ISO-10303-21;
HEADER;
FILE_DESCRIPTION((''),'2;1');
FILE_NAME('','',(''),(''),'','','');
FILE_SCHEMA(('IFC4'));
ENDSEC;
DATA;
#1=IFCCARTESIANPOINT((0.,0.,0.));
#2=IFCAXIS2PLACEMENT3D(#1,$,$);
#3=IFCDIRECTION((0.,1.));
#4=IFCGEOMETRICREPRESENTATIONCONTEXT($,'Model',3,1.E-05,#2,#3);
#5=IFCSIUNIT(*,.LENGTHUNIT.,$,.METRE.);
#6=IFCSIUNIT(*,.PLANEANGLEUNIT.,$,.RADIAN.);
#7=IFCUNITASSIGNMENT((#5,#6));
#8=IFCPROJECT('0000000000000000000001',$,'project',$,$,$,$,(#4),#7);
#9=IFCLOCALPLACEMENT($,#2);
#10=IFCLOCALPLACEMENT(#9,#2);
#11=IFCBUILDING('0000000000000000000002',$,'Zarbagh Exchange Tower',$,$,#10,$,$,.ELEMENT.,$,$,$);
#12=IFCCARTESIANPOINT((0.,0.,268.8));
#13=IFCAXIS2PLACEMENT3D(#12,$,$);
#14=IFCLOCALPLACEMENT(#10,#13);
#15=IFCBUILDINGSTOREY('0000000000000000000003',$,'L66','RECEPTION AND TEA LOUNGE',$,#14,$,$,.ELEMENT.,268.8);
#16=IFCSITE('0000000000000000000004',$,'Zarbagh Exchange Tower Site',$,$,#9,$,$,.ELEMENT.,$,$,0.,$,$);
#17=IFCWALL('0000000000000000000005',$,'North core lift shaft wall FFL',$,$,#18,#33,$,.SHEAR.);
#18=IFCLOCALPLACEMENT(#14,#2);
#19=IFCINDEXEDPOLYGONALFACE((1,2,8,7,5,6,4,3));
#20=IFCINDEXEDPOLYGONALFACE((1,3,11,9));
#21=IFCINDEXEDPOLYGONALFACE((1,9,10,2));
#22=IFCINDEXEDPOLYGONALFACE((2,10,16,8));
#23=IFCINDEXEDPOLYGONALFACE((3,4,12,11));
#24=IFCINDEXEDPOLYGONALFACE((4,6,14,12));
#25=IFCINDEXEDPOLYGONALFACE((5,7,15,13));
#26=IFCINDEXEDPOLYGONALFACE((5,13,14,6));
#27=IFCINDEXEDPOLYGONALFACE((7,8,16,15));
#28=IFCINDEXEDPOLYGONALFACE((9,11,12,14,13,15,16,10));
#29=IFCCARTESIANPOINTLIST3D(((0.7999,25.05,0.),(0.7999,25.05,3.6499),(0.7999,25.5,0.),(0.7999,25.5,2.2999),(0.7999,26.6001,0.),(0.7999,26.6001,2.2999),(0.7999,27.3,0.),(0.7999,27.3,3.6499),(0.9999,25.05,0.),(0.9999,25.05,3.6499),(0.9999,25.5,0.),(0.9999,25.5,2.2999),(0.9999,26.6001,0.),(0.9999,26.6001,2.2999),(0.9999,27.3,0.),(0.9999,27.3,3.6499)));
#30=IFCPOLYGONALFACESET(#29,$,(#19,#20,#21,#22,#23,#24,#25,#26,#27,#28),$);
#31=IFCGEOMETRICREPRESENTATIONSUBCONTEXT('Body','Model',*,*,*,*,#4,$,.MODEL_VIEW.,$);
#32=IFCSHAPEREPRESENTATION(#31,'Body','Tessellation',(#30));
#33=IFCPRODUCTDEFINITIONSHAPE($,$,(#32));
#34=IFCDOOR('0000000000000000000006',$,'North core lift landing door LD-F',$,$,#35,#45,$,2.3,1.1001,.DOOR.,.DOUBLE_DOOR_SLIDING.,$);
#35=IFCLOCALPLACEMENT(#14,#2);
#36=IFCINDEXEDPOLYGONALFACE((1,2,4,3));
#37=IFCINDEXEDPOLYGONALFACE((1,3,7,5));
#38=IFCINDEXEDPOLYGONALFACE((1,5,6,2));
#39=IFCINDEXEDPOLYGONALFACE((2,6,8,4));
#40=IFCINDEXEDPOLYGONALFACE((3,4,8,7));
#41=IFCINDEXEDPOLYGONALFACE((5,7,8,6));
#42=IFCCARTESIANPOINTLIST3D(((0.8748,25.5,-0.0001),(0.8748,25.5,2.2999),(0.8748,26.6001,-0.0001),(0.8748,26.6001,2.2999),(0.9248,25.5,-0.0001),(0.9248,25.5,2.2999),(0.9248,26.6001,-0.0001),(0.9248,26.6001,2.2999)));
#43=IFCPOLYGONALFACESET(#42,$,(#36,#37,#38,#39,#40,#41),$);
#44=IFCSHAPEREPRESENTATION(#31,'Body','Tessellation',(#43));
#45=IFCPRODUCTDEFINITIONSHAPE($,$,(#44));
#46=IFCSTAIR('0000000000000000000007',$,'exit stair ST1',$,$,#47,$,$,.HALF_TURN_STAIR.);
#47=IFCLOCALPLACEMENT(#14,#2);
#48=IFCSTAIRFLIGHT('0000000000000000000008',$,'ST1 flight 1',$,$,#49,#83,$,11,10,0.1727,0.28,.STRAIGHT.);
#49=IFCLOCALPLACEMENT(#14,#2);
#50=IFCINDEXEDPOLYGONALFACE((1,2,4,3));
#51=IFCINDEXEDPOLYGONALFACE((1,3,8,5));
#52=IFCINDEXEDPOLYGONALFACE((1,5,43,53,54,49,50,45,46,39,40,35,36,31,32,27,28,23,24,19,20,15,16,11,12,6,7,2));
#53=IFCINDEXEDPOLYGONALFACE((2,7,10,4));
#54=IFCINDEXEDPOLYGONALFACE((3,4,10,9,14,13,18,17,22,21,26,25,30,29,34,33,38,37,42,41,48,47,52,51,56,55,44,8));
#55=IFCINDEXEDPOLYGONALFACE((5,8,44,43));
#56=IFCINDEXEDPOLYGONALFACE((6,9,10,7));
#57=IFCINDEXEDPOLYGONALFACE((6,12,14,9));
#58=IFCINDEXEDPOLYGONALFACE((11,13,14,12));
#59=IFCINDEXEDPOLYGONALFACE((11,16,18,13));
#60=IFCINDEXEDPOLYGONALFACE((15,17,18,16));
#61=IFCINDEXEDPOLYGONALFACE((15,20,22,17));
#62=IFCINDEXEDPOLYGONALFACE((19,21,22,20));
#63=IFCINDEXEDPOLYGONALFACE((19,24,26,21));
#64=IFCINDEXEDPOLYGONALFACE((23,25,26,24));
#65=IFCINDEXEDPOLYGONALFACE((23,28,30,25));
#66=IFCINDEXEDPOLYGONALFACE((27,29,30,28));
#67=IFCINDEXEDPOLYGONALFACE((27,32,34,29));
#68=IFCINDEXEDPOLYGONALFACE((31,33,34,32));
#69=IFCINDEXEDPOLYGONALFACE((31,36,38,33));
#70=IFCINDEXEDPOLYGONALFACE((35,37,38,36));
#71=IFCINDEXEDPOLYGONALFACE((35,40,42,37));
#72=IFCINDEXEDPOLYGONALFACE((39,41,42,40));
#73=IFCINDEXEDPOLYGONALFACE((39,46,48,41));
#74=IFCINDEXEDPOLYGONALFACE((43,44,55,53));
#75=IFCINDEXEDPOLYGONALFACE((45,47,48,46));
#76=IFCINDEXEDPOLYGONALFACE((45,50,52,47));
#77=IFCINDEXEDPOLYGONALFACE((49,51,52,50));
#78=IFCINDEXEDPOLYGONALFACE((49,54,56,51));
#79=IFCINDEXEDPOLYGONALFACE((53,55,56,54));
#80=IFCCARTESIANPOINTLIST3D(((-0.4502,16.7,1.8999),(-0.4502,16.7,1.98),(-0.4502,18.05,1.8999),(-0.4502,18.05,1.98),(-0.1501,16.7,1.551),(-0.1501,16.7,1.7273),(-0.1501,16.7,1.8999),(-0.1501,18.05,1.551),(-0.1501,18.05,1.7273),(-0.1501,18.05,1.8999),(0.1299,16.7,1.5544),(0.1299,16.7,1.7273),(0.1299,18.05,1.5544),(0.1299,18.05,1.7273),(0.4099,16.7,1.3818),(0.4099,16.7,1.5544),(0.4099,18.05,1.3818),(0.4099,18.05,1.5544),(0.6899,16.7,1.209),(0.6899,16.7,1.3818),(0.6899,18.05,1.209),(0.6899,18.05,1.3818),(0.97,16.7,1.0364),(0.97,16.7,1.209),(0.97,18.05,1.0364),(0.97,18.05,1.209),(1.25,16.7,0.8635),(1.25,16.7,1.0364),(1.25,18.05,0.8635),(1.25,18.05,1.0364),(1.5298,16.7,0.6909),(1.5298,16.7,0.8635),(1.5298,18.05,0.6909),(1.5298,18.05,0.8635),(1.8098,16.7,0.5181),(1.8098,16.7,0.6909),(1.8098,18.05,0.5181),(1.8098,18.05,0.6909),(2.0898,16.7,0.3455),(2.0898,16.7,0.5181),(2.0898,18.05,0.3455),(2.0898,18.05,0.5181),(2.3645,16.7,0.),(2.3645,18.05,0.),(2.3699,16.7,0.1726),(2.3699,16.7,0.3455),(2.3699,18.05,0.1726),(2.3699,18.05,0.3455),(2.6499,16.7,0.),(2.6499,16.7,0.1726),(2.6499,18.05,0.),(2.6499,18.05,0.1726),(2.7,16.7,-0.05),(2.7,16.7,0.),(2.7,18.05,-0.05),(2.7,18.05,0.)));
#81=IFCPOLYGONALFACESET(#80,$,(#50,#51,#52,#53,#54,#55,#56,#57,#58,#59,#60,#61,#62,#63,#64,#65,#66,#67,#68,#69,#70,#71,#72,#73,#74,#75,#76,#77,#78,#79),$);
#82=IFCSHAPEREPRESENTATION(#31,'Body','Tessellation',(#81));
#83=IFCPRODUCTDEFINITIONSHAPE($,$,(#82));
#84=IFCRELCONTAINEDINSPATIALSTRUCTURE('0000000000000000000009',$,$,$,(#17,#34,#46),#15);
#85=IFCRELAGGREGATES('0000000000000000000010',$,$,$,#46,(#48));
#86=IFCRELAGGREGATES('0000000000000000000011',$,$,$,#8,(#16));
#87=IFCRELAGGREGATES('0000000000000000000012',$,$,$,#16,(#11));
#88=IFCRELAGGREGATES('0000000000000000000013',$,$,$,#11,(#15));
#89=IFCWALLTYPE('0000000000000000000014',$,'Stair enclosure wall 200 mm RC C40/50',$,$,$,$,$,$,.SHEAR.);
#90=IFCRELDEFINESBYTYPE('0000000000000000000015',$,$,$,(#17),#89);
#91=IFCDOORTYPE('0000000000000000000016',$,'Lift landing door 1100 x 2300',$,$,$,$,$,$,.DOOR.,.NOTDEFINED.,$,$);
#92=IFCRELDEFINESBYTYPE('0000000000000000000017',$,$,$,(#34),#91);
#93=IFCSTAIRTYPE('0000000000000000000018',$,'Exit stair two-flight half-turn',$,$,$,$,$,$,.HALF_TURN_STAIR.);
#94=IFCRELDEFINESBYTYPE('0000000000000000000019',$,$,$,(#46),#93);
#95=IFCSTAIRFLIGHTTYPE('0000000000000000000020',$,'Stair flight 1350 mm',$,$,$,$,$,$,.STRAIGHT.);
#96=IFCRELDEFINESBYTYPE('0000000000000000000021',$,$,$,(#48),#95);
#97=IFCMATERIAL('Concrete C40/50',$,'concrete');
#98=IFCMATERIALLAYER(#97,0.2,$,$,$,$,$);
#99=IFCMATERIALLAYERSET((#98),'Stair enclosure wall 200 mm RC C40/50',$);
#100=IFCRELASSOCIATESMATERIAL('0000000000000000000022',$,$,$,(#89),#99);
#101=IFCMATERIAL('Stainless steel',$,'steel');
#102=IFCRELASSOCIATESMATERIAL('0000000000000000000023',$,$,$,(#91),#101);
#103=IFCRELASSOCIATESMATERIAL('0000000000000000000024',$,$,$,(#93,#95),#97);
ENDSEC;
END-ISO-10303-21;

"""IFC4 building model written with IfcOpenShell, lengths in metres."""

from ifc_helpers import new_model, si_unit, direction, frame, frame_2d, origin, place, context, subcontext, project, spatial, polyline, rectangle, outline, extrude, material, layer, layer_set, type_object, element, fill, aggregate, save


model = new_model("IFC4")

# Units and contexts
model_context = context("Model", 3, precision=1e-05, world=origin(), true_north=direction((0.0, 1.0)))
body_context = subcontext(model_context, "Body", "Model", "MODEL_VIEW")
ifc_project = project(units=[si_unit("LENGTHUNIT", "METRE"), si_unit("PLANEANGLEUNIT", "RADIAN")], contexts=[model_context])

# Site, building, storey
site_placement = place(None, origin())
site = spatial("IfcSite", under=ifc_project, at=site_placement, Name="Zarbagh Exchange Tower Site", CompositionType="ELEMENT", RefElevation=0.0)
building_placement = place(site_placement, origin())
building = spatial("IfcBuilding", under=site, at=building_placement, Name="Zarbagh Exchange Tower", CompositionType="ELEMENT")
storey_placement = place(building_placement, frame((0.0, 0.0, 268.8)))
storey = spatial("IfcBuildingStorey", under=building, at=storey_placement, Name="L66", Description="RECEPTION AND TEA LOUNGE", CompositionType="ELEMENT", Elevation=268.8)

# Shared definitions
ifc_material_1 = material(Name="Concrete C40/50", Category="concrete")

# Wall, opening, door
ifc_layer_1 = layer(ifc_material_1, 0.2)
ifc_layer_set_1 = layer_set([ifc_layer_1], Name="Stair enclosure wall 200 mm RC C40/50")
wall_type_1 = type_object("IfcWallType", Name="Stair enclosure wall 200 mm RC C40/50", PredefinedType="SHEAR", material=ifc_layer_set_1)
wall_1_placement = place(storey_placement, frame((0.8999, 27.3, 0.0), z_axis=(0.0, 0.0, 1.0), x_axis=(0.0, -1.0, 0.0)))
wall_1 = element("IfcWall", 1, at=wall_1_placement, inside=storey, type_object=wall_type_1, Name="North core lift shaft wall FFL", PredefinedType="SHEAR", context=body_context, shape_type="SweptSolid", body=[
    extrude(rectangle(XDim=2.25, YDim=0.2, at=frame_2d((1.125, 0.0))), origin(), (0.0, 0.0, 1.0), 3.6499),
])
opening_1_placement = place(wall_1_placement, frame((0.7, 0.0, 0.0)))
opening_1 = element("IfcOpeningElement", 2, at=opening_1_placement, cuts=wall_1, PredefinedType="OPENING", context=body_context, shape_type="SweptSolid", body=[
    extrude(rectangle(XDim=1.1001, YDim=2.3, at=frame_2d((0.55, 1.1499))), frame((0.0, 0.1099, 0.0), z_axis=(0.0, -1.0, 0.0), x_axis=(1.0, 0.0, 0.0)), (0.0, 0.0, 1.0), 0.22),
])
ifc_material_2 = material(Name="Stainless steel", Category="steel")
door_type_1 = type_object("IfcDoorType", Name="Lift landing door 1100 x 2300", OperationType="NOTDEFINED", PredefinedType="DOOR", material=ifc_material_2)
door_1_placement = place(opening_1_placement, origin())
door_1 = element("IfcDoor", 3, at=door_1_placement, inside=storey, type_object=door_type_1, Name="North core lift landing door LD-F", OperationType="DOUBLE_DOOR_SLIDING", OverallHeight=2.3, OverallWidth=1.1001, PredefinedType="DOOR", context=body_context, shape_type="SweptSolid", body=[
    extrude(rectangle(XDim=1.1001, YDim=2.3, at=frame_2d((0.55, 1.1499))), frame((0.0, 0.0249, 0.0), z_axis=(0.0, -1.0, 0.0), x_axis=(1.0, 0.0, 0.0)), (0.0, 0.0, 1.0), 0.05),
])
fill(opening_1, door_1)

# Stair, stair flight
stair_type = type_object("IfcStairType", Name="Exit stair two-flight half-turn", PredefinedType="HALF_TURN_STAIR", material=ifc_material_1)
stair_placement = place(storey_placement, origin())
stair = element("IfcStair", 4, at=stair_placement, inside=storey, type_object=stair_type, Name="exit stair ST1", PredefinedType="HALF_TURN_STAIR")
stair_flight_type = type_object("IfcStairFlightType", Name="Stair flight 1350 mm", PredefinedType="STRAIGHT", material=ifc_material_1)
stair_flight_placement = place(storey_placement, frame((2.6499, 17.375, 0.0), z_axis=(0.0, 0.0, 1.0), x_axis=(-1.0, 0.0, 0.0)))
stair_flight = element("IfcStairFlight", 5, at=stair_flight_placement, type_object=stair_flight_type, Name="ST1 flight 1", NumberOfRisers=11, NumberOfTreads=10, PredefinedType="STRAIGHT", RiserHeight=0.1727, TreadLength=0.28, context=body_context, shape_type="SweptSolid", body=[
    extrude(outline(polyline([(-0.05, -0.05), (-0.05, 0.0), (0.0, 0.0), (0.0, 0.1726), (0.28, 0.1726), (0.28, 0.3455), (0.5601, 0.3455), (0.5601, 0.5181), (0.8401, 0.5181), (0.8401, 0.6909), (1.1201, 0.6909), (1.1201, 0.8635), (1.3999, 0.8635), (1.3999, 1.0364), (1.6799, 1.0364), (1.6799, 1.209), (1.96, 1.209), (1.96, 1.3818), (2.24, 1.3818), (2.24, 1.5544), (2.52, 1.5544), (2.52, 1.7273), (2.8, 1.7273), (2.8, 1.8999), (3.1001, 1.98), (3.1001, 1.8999), (2.8, 1.551), (0.2854, 0.0), (-0.05, -0.05)])), frame((0.0, 0.675, 0.0), z_axis=(0.0, -1.0, 0.0), x_axis=(1.0, 0.0, 0.0)), (0.0, 0.0, 1.0), 1.3501),
])
aggregate(stair, [stair_flight])

save(model, "model.ifc")
